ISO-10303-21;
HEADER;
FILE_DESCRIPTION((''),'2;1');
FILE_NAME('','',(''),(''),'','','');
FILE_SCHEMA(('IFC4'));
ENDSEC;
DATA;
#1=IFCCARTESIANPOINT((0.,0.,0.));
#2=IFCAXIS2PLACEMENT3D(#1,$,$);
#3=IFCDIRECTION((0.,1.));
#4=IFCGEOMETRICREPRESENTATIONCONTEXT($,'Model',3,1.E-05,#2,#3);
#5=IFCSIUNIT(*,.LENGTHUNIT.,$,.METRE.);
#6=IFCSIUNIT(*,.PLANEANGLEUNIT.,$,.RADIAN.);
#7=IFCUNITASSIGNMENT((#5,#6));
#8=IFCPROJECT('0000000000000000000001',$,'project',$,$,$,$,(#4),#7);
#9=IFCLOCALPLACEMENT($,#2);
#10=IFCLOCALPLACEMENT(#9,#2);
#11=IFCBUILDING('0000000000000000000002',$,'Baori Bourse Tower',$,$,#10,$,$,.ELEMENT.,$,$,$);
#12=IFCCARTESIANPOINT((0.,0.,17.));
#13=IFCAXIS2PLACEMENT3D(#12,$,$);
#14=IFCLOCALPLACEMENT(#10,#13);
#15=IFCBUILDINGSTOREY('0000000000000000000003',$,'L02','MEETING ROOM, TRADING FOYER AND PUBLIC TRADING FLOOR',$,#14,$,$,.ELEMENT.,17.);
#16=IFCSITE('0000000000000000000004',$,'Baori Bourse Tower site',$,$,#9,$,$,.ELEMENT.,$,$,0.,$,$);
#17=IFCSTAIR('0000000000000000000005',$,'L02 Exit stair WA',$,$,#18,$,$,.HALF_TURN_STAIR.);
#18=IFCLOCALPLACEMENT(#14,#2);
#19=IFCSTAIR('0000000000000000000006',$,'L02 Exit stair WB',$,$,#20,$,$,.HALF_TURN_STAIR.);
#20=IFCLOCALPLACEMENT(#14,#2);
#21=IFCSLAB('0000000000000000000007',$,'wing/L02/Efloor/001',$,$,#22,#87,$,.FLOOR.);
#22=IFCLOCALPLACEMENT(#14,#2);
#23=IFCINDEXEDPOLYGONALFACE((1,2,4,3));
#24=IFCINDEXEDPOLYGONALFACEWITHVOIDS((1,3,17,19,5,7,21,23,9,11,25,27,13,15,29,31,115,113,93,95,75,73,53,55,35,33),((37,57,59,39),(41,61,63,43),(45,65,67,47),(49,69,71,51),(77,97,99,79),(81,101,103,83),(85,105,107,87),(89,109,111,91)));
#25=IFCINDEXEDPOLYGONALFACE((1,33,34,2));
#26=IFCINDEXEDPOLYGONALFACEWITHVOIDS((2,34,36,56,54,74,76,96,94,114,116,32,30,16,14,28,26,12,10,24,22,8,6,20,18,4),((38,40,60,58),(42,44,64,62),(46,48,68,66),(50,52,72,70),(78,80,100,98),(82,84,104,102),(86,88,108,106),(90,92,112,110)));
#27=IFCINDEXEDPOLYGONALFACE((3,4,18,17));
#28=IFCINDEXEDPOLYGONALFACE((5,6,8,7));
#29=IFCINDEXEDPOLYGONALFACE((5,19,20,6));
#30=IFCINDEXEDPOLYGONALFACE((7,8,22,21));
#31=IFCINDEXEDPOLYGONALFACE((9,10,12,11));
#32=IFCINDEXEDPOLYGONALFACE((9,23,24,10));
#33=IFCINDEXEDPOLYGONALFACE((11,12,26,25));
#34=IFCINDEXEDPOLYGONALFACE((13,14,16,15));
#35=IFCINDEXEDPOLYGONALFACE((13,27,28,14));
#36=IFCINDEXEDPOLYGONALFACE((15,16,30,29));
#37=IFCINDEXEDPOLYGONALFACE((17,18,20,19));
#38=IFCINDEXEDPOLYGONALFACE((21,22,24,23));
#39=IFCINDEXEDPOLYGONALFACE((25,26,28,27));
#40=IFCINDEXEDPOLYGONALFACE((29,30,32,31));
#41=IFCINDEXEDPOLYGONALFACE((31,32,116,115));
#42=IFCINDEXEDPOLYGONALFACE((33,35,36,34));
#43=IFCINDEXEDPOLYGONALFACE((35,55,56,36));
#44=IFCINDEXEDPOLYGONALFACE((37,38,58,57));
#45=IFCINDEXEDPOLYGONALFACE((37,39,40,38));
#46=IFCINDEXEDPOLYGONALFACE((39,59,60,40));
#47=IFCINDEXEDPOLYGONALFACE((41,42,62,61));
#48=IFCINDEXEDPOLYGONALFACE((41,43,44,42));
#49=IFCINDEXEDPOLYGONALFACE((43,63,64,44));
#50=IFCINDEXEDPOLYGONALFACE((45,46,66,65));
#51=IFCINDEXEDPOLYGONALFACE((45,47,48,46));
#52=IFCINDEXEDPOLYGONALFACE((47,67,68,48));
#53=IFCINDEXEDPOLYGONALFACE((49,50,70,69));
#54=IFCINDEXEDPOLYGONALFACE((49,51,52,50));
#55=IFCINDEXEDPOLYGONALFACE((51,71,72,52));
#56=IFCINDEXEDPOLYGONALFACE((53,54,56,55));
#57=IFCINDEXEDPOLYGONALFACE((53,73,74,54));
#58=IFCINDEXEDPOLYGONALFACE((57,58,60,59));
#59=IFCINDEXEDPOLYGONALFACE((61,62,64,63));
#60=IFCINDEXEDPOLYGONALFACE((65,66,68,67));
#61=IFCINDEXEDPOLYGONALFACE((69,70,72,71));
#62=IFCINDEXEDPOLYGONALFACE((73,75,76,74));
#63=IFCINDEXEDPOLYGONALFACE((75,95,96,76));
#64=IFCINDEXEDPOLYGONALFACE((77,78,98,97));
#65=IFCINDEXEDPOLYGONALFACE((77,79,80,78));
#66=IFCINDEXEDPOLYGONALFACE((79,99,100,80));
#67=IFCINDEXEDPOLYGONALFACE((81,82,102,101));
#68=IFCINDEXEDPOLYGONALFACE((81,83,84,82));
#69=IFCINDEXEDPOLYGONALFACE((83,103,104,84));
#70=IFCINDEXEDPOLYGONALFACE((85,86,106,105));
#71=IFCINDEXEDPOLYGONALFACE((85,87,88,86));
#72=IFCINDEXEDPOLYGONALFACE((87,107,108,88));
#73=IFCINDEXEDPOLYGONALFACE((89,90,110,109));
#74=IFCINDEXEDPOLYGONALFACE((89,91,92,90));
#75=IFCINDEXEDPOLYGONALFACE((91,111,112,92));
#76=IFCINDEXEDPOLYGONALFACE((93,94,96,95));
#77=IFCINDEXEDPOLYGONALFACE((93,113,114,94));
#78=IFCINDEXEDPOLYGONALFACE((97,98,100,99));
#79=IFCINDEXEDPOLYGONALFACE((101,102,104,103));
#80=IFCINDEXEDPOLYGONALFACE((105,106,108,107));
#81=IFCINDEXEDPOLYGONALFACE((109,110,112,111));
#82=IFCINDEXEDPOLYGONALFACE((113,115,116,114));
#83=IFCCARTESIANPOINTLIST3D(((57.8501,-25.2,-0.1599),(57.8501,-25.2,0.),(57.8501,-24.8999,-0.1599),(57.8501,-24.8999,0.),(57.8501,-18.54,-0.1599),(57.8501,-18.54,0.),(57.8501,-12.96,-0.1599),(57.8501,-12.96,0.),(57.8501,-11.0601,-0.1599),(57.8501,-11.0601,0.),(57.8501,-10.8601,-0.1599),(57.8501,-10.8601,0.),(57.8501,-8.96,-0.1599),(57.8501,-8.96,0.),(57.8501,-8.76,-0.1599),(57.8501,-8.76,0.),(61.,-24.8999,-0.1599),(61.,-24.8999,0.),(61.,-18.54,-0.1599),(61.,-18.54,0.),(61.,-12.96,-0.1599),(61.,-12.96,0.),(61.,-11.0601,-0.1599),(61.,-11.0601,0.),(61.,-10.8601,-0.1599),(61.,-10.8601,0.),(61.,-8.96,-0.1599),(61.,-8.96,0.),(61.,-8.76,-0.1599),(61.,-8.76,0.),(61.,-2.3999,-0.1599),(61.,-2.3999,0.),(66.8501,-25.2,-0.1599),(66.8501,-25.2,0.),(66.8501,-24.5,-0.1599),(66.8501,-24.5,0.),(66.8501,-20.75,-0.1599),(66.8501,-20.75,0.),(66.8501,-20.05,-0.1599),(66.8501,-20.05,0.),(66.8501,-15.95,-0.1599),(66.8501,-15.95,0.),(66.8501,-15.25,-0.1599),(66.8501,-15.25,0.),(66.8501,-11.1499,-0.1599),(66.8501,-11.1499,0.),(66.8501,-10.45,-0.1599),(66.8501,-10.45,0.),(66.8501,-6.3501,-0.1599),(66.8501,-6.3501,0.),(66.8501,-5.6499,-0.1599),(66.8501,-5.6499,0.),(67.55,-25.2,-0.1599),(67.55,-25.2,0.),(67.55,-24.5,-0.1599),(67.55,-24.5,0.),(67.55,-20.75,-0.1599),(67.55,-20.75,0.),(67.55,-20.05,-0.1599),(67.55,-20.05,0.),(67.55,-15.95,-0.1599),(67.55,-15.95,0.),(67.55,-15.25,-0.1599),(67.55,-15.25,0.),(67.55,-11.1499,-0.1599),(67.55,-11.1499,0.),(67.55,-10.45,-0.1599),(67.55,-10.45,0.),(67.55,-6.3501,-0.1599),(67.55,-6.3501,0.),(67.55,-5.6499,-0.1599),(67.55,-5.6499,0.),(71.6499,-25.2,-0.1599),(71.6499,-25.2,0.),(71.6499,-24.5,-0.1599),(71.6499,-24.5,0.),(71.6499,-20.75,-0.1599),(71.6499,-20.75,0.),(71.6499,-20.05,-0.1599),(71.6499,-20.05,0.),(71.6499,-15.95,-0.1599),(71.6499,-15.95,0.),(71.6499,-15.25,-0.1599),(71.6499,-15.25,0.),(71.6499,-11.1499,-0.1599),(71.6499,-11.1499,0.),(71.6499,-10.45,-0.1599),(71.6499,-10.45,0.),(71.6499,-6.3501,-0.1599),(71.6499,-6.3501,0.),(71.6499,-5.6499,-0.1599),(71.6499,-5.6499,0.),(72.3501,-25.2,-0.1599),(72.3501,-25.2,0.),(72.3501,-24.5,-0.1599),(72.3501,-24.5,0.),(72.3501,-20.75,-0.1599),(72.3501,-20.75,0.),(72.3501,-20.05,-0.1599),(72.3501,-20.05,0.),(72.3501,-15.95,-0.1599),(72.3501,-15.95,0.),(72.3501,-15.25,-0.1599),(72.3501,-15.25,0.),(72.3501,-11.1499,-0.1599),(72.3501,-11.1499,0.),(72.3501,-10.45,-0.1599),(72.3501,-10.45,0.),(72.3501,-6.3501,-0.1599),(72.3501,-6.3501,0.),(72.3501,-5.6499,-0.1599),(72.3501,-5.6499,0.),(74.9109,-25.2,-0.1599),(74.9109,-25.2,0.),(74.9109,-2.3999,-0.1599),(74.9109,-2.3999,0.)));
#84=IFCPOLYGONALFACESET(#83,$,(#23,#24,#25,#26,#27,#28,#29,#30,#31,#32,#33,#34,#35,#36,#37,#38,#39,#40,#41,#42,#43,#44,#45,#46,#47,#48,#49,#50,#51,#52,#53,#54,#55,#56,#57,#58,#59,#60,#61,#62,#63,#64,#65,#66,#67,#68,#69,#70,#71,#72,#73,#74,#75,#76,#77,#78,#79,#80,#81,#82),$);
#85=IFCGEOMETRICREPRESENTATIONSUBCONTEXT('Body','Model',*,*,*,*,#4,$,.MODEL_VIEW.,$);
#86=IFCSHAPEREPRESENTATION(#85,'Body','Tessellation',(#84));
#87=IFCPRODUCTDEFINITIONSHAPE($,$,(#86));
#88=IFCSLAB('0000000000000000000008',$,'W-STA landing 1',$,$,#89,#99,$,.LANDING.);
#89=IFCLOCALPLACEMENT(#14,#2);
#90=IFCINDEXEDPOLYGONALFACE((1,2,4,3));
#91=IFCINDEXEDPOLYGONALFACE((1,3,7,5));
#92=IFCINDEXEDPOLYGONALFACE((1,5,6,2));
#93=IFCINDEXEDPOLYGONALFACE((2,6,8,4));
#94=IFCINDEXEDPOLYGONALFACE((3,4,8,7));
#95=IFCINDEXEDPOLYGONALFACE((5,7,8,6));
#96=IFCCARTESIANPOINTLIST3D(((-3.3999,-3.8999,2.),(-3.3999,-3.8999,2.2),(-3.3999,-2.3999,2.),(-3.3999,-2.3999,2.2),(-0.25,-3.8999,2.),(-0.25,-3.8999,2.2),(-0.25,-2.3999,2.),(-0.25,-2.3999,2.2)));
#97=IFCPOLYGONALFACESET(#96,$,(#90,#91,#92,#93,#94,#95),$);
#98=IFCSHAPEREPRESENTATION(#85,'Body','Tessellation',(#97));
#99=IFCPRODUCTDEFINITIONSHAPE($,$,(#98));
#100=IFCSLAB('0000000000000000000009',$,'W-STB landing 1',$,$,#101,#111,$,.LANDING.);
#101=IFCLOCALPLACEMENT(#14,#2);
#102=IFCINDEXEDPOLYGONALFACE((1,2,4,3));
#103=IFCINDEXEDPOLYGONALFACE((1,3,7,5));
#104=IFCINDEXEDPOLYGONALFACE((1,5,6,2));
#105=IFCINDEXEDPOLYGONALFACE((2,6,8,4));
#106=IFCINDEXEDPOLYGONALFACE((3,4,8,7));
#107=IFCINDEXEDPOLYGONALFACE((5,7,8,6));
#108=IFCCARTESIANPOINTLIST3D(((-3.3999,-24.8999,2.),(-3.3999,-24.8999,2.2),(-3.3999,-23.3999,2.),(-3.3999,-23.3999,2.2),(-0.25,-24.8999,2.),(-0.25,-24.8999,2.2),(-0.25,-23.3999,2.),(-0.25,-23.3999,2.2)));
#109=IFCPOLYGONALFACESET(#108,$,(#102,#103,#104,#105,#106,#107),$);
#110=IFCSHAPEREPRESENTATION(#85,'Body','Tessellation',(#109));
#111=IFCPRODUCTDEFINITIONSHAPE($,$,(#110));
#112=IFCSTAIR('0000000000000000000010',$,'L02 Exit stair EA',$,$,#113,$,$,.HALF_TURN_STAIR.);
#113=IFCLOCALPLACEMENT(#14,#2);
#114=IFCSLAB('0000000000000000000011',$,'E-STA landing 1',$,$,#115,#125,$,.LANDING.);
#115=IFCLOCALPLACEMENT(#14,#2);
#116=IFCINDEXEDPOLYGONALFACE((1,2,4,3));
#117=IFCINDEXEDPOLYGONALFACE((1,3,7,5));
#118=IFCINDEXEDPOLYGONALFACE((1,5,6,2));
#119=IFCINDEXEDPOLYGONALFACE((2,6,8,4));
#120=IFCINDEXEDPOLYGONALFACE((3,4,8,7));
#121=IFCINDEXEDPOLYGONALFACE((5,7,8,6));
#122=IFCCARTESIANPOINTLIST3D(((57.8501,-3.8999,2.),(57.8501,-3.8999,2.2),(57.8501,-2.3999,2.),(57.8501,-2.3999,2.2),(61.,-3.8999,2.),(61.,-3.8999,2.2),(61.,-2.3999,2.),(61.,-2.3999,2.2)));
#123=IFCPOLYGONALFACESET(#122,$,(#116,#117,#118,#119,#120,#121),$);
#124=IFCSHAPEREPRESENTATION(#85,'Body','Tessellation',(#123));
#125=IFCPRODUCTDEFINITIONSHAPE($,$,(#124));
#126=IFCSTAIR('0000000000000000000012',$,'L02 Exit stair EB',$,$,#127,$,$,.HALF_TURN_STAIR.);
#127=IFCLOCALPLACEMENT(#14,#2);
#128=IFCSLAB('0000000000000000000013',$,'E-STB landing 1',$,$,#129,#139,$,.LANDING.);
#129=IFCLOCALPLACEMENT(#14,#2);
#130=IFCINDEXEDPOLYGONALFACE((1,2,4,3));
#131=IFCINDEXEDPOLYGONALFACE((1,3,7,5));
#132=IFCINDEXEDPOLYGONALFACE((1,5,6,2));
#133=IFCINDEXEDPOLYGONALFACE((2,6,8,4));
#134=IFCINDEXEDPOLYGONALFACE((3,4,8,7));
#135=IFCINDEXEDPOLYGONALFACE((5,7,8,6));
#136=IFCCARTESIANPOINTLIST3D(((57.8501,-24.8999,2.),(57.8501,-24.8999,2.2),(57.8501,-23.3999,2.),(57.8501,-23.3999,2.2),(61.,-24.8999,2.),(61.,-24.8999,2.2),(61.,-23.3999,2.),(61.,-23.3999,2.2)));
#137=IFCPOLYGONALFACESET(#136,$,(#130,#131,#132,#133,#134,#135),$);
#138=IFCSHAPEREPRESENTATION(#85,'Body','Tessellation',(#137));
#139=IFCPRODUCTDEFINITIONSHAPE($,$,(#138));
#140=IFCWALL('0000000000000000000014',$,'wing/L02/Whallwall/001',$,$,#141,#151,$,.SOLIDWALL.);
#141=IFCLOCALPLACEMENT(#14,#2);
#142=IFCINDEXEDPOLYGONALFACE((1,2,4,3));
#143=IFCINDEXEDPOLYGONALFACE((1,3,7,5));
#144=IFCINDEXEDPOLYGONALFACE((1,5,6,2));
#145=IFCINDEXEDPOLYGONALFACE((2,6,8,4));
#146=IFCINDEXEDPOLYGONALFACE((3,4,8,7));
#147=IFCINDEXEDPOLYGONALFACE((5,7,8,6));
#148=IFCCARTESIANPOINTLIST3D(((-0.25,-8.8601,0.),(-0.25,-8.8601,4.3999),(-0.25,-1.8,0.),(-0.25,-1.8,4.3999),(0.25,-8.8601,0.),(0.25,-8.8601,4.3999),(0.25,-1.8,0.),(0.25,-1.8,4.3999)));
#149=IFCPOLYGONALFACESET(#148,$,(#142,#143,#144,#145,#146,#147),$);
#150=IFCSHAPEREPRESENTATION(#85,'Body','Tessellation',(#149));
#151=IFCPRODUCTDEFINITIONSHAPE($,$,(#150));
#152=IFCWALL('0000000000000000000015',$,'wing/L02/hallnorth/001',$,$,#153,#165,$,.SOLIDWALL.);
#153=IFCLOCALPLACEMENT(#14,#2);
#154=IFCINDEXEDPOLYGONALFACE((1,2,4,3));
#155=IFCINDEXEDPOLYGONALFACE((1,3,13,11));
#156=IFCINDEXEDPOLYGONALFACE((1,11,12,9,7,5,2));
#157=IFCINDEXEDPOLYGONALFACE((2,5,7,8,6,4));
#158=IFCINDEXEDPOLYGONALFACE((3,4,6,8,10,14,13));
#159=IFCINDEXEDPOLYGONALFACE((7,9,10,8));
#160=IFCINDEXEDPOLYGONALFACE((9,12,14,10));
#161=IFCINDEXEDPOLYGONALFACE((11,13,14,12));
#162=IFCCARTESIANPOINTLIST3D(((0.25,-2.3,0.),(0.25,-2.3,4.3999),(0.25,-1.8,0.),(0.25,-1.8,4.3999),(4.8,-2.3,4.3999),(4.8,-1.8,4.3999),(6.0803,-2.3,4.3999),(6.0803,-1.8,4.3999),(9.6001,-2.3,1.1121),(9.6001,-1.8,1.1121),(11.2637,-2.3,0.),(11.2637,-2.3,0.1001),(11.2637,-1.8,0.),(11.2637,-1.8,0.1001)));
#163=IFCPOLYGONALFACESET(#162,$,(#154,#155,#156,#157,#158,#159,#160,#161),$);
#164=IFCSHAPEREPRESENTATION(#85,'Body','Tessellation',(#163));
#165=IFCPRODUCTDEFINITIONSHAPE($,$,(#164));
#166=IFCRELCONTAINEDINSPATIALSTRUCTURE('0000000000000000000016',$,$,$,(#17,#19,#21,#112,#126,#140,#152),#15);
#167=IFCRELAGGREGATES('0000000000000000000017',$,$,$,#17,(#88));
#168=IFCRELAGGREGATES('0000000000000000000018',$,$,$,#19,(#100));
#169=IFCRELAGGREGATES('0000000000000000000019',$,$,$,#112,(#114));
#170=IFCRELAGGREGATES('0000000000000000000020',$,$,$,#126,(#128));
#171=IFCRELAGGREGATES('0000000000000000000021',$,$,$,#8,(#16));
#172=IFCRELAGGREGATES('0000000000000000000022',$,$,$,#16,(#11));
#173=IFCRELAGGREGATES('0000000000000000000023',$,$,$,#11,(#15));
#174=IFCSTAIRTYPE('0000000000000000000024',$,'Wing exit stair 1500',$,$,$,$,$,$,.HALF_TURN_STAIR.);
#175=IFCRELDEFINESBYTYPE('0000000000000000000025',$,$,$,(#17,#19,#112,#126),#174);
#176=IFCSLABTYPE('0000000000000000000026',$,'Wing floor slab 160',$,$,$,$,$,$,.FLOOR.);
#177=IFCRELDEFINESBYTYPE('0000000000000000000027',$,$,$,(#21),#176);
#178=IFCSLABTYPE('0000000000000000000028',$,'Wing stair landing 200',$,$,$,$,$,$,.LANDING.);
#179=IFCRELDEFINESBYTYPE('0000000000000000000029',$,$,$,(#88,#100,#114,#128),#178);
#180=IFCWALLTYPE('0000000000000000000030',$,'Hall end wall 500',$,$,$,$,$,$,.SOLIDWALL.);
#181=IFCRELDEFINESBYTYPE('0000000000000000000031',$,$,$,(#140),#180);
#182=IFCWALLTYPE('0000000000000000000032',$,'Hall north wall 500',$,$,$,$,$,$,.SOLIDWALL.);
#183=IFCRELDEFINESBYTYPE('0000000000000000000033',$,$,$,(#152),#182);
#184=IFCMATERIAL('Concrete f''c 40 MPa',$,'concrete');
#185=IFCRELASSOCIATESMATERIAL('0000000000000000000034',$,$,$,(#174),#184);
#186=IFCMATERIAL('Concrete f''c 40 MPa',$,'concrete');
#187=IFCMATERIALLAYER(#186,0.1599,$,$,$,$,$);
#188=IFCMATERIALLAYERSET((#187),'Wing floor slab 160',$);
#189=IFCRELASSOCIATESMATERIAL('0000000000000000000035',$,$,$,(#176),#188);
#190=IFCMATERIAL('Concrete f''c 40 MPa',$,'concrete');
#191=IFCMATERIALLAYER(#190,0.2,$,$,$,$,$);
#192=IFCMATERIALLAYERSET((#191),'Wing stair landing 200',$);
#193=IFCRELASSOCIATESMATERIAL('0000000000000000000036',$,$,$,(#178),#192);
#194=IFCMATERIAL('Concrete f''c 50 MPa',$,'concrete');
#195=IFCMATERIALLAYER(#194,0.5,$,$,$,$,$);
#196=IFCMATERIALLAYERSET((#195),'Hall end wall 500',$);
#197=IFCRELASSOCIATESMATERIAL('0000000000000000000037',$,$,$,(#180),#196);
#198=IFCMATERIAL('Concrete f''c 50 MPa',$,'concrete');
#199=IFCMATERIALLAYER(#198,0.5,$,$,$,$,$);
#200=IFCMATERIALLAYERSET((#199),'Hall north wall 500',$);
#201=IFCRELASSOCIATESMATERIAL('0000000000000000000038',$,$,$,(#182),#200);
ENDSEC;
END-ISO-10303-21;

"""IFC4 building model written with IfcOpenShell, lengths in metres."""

from ifc_helpers import new_model, si_unit, direction, frame, frame_2d, origin, place, context, subcontext, project, spatial, polyline, rectangle, outline, extrude, material, layer, layer_set, type_object, element, aggregate, save


model = new_model("IFC4")

# Units and contexts
model_context = context("Model", 3, precision=1e-05, world=origin(), true_north=direction((0.0, 1.0)))
body_context = subcontext(model_context, "Body", "Model", "MODEL_VIEW")
ifc_project = project(units=[si_unit("LENGTHUNIT", "METRE"), si_unit("PLANEANGLEUNIT", "RADIAN")], contexts=[model_context])

# Site, building, storey
site_placement = place(None, origin())
site = spatial("IfcSite", under=ifc_project, at=site_placement, Name="Baori Bourse Tower site", CompositionType="ELEMENT", RefElevation=0.0)
building_placement = place(site_placement, origin())
building = spatial("IfcBuilding", under=site, at=building_placement, Name="Baori Bourse Tower", CompositionType="ELEMENT")
storey_placement = place(building_placement, frame((0.0, 0.0, 17.0)))
storey = spatial("IfcBuildingStorey", under=building, at=storey_placement, Name="L02", Description="MEETING ROOM, TRADING FOYER AND PUBLIC TRADING FLOOR", CompositionType="ELEMENT", Elevation=17.0)

# Stairs
ifc_material_1 = material(Name="Concrete f'c 40 MPa", Category="concrete")
stair_type_1 = type_object("IfcStairType", Name="Wing exit stair 1500", PredefinedType="HALF_TURN_STAIR", material=ifc_material_1)
stair_1_placement = place(storey_placement, origin())
stair_1 = element("IfcStair", 1, at=stair_1_placement, inside=storey, type_object=stair_type_1, Name="L02 Exit stair WA", PredefinedType="HALF_TURN_STAIR")
stair_2_placement = place(storey_placement, origin())
stair_2 = element("IfcStair", 2, at=stair_2_placement, inside=storey, type_object=stair_type_1, Name="L02 Exit stair WB", PredefinedType="HALF_TURN_STAIR")

# Slab
ifc_material_2 = material(Name="Concrete f'c 40 MPa", Category="concrete")
ifc_layer_1 = layer(ifc_material_2, 0.1599)
ifc_layer_set_1 = layer_set([ifc_layer_1], Name="Wing floor slab 160")
slab_type_1 = type_object("IfcSlabType", Name="Wing floor slab 160", PredefinedType="FLOOR", material=ifc_layer_set_1)
slab_1_placement = place(storey_placement, frame((0.0, 0.0, -0.1599)))
element("IfcSlab", 3, at=slab_1_placement, inside=storey, type_object=slab_type_1, Name="wing/L02/Efloor/001", PredefinedType="FLOOR", context=body_context, shape_type="SweptSolid", body=[
    extrude(outline(polyline([(61.0, -10.8601), (57.8501, -10.8601), (57.8501, -11.0601), (61.0, -11.0601), (61.0, -12.96), (57.8501, -12.96), (57.8501, -18.54), (61.0, -18.54), (61.0, -24.8999), (57.8501, -24.8999), (57.8501, -25.2), (66.8501, -25.2), (66.8501, -24.5), (67.55, -24.5), (67.55, -25.2), (71.6499, -25.2), (71.6499, -24.5), (72.3501, -24.5), (72.3501, -25.2), (74.9109, -25.2), (74.9109, -2.3999), (61.0, -2.3999), (61.0, -8.76), (57.8501, -8.76), (57.8501, -8.96), (61.0, -8.96), (61.0, -10.8601)]), holes=[polyline([(71.6499, -20.05), (71.6499, -20.75), (72.3501, -20.75), (72.3501, -20.05), (71.6499, -20.05)]), polyline([(71.6499, -15.95), (72.3501, -15.95), (72.3501, -15.25), (71.6499, -15.25), (71.6499, -15.95)]), polyline([(72.3501, -11.1499), (72.3501, -10.45), (71.6499, -10.45), (71.6499, -11.1499), (72.3501, -11.1499)]), polyline([(72.3501, -5.6499), (71.6499, -5.6499), (71.6499, -6.3501), (72.3501, -6.3501), (72.3501, -5.6499)]), polyline([(66.8501, -20.75), (67.55, -20.75), (67.55, -20.05), (66.8501, -20.05), (66.8501, -20.75)]), polyline([(67.55, -15.95), (67.55, -15.25), (66.8501, -15.25), (66.8501, -15.95), (67.55, -15.95)]), polyline([(67.55, -10.45), (66.8501, -10.45), (66.8501, -11.1499), (67.55, -11.1499), (67.55, -10.45)]), polyline([(66.8501, -5.6499), (66.8501, -6.3501), (67.55, -6.3501), (67.55, -5.6499), (66.8501, -5.6499)])]), origin(), (0.0, 0.0, 1.0), 0.1599),
])

# Slabs
ifc_material_3 = material(Name="Concrete f'c 40 MPa", Category="concrete")
ifc_layer_2 = layer(ifc_material_3, 0.2)
ifc_layer_set_2 = layer_set([ifc_layer_2], Name="Wing stair landing 200")
slab_type_2 = type_object("IfcSlabType", Name="Wing stair landing 200", PredefinedType="LANDING", material=ifc_layer_set_2)
slab_2_placement = place(storey_placement, frame((0.0, 0.0, 2.0)))
slab_2 = element("IfcSlab", 4, at=slab_2_placement, type_object=slab_type_2, Name="W-STA landing 1", PredefinedType="LANDING", context=body_context, shape_type="SweptSolid", body=[
    extrude(outline(polyline([(-0.25, -3.8999), (-0.25, -2.3999), (-3.3999, -2.3999), (-3.3999, -3.8999), (-0.25, -3.8999)])), origin(), (0.0, 0.0, 1.0), 0.2),
])
aggregate(stair_1, [slab_2])
slab_3_placement = place(storey_placement, frame((0.0, 0.0, 2.0)))
slab_3 = element("IfcSlab", 5, at=slab_3_placement, type_object=slab_type_2, Name="W-STB landing 1", PredefinedType="LANDING", context=body_context, shape_type="SweptSolid", body=[
    extrude(outline(polyline([(-3.3999, -23.3999), (-3.3999, -24.8999), (-0.25, -24.8999), (-0.25, -23.3999), (-3.3999, -23.3999)])), origin(), (0.0, 0.0, 1.0), 0.2),
])
aggregate(stair_2, [slab_3])

# Stairs, slabs
stair_3_placement = place(storey_placement, origin())
stair_3 = element("IfcStair", 6, at=stair_3_placement, inside=storey, type_object=stair_type_1, Name="L02 Exit stair EA", PredefinedType="HALF_TURN_STAIR")
slab_4_placement = place(storey_placement, frame((0.0, 0.0, 2.0)))
slab_4 = element("IfcSlab", 7, at=slab_4_placement, type_object=slab_type_2, Name="E-STA landing 1", PredefinedType="LANDING", context=body_context, shape_type="SweptSolid", body=[
    extrude(outline(polyline([(61.0, -3.8999), (61.0, -2.3999), (57.8501, -2.3999), (57.8501, -3.8999), (61.0, -3.8999)])), origin(), (0.0, 0.0, 1.0), 0.2),
])
aggregate(stair_3, [slab_4])
stair_4_placement = place(storey_placement, origin())
stair_4 = element("IfcStair", 8, at=stair_4_placement, inside=storey, type_object=stair_type_1, Name="L02 Exit stair EB", PredefinedType="HALF_TURN_STAIR")
slab_5_placement = place(storey_placement, frame((0.0, 0.0, 2.0)))
slab_5 = element("IfcSlab", 9, at=slab_5_placement, type_object=slab_type_2, Name="E-STB landing 1", PredefinedType="LANDING", context=body_context, shape_type="SweptSolid", body=[
    extrude(outline(polyline([(57.8501, -23.3999), (57.8501, -24.8999), (61.0, -24.8999), (61.0, -23.3999), (57.8501, -23.3999)])), origin(), (0.0, 0.0, 1.0), 0.2),
])
aggregate(stair_4, [slab_5])

# Walls
ifc_material_4 = material(Name="Concrete f'c 50 MPa", Category="concrete")
ifc_layer_3 = layer(ifc_material_4, 0.5)
ifc_layer_set_3 = layer_set([ifc_layer_3], Name="Hall end wall 500")
wall_type_1 = type_object("IfcWallType", Name="Hall end wall 500", PredefinedType="SOLIDWALL", material=ifc_layer_set_3)
wall_1_placement = place(storey_placement, frame((0.0, -1.8, 0.0), z_axis=(0.0, 0.0, 1.0), x_axis=(0.0, -1.0, 0.0)))
element("IfcWall", 10, at=wall_1_placement, inside=storey, type_object=wall_type_1, Name="wing/L02/Whallwall/001", PredefinedType="SOLIDWALL", context=body_context, shape_type="SweptSolid", body=[
    extrude(rectangle(XDim=7.0601, YDim=0.5, at=frame_2d((3.53, 0.0))), origin(), (0.0, 0.0, 1.0), 4.3999),
])
ifc_material_5 = material(Name="Concrete f'c 50 MPa", Category="concrete")
ifc_layer_4 = layer(ifc_material_5, 0.5)
ifc_layer_set_4 = layer_set([ifc_layer_4], Name="Hall north wall 500")
wall_type_2 = type_object("IfcWallType", Name="Hall north wall 500", PredefinedType="SOLIDWALL", material=ifc_layer_set_4)
wall_2_placement = place(storey_placement, frame((0.25, -2.05, 0.0), z_axis=(0.0, 0.0, 1.0), x_axis=(1.0, 0.0, 0.0)))
element("IfcWall", 11, at=wall_2_placement, inside=storey, type_object=wall_type_2, Name="wing/L02/hallnorth/001", PredefinedType="SOLIDWALL", context=body_context, shape_type="SweptSolid", body=[
    extrude(outline(polyline([(0.0, 0.0), (11.0137, 0.0), (11.0137, 0.1001), (9.3501, 1.1121), (5.8303, 4.3999), (4.55, 4.3999), (0.0, 4.3999), (0.0, 0.0)])), frame((0.0, 0.25, 0.0), z_axis=(0.0, -1.0, 0.0), x_axis=(1.0, 0.0, 0.0)), (0.0, 0.0, 1.0), 0.5),
])

save(model, "model.ifc")
